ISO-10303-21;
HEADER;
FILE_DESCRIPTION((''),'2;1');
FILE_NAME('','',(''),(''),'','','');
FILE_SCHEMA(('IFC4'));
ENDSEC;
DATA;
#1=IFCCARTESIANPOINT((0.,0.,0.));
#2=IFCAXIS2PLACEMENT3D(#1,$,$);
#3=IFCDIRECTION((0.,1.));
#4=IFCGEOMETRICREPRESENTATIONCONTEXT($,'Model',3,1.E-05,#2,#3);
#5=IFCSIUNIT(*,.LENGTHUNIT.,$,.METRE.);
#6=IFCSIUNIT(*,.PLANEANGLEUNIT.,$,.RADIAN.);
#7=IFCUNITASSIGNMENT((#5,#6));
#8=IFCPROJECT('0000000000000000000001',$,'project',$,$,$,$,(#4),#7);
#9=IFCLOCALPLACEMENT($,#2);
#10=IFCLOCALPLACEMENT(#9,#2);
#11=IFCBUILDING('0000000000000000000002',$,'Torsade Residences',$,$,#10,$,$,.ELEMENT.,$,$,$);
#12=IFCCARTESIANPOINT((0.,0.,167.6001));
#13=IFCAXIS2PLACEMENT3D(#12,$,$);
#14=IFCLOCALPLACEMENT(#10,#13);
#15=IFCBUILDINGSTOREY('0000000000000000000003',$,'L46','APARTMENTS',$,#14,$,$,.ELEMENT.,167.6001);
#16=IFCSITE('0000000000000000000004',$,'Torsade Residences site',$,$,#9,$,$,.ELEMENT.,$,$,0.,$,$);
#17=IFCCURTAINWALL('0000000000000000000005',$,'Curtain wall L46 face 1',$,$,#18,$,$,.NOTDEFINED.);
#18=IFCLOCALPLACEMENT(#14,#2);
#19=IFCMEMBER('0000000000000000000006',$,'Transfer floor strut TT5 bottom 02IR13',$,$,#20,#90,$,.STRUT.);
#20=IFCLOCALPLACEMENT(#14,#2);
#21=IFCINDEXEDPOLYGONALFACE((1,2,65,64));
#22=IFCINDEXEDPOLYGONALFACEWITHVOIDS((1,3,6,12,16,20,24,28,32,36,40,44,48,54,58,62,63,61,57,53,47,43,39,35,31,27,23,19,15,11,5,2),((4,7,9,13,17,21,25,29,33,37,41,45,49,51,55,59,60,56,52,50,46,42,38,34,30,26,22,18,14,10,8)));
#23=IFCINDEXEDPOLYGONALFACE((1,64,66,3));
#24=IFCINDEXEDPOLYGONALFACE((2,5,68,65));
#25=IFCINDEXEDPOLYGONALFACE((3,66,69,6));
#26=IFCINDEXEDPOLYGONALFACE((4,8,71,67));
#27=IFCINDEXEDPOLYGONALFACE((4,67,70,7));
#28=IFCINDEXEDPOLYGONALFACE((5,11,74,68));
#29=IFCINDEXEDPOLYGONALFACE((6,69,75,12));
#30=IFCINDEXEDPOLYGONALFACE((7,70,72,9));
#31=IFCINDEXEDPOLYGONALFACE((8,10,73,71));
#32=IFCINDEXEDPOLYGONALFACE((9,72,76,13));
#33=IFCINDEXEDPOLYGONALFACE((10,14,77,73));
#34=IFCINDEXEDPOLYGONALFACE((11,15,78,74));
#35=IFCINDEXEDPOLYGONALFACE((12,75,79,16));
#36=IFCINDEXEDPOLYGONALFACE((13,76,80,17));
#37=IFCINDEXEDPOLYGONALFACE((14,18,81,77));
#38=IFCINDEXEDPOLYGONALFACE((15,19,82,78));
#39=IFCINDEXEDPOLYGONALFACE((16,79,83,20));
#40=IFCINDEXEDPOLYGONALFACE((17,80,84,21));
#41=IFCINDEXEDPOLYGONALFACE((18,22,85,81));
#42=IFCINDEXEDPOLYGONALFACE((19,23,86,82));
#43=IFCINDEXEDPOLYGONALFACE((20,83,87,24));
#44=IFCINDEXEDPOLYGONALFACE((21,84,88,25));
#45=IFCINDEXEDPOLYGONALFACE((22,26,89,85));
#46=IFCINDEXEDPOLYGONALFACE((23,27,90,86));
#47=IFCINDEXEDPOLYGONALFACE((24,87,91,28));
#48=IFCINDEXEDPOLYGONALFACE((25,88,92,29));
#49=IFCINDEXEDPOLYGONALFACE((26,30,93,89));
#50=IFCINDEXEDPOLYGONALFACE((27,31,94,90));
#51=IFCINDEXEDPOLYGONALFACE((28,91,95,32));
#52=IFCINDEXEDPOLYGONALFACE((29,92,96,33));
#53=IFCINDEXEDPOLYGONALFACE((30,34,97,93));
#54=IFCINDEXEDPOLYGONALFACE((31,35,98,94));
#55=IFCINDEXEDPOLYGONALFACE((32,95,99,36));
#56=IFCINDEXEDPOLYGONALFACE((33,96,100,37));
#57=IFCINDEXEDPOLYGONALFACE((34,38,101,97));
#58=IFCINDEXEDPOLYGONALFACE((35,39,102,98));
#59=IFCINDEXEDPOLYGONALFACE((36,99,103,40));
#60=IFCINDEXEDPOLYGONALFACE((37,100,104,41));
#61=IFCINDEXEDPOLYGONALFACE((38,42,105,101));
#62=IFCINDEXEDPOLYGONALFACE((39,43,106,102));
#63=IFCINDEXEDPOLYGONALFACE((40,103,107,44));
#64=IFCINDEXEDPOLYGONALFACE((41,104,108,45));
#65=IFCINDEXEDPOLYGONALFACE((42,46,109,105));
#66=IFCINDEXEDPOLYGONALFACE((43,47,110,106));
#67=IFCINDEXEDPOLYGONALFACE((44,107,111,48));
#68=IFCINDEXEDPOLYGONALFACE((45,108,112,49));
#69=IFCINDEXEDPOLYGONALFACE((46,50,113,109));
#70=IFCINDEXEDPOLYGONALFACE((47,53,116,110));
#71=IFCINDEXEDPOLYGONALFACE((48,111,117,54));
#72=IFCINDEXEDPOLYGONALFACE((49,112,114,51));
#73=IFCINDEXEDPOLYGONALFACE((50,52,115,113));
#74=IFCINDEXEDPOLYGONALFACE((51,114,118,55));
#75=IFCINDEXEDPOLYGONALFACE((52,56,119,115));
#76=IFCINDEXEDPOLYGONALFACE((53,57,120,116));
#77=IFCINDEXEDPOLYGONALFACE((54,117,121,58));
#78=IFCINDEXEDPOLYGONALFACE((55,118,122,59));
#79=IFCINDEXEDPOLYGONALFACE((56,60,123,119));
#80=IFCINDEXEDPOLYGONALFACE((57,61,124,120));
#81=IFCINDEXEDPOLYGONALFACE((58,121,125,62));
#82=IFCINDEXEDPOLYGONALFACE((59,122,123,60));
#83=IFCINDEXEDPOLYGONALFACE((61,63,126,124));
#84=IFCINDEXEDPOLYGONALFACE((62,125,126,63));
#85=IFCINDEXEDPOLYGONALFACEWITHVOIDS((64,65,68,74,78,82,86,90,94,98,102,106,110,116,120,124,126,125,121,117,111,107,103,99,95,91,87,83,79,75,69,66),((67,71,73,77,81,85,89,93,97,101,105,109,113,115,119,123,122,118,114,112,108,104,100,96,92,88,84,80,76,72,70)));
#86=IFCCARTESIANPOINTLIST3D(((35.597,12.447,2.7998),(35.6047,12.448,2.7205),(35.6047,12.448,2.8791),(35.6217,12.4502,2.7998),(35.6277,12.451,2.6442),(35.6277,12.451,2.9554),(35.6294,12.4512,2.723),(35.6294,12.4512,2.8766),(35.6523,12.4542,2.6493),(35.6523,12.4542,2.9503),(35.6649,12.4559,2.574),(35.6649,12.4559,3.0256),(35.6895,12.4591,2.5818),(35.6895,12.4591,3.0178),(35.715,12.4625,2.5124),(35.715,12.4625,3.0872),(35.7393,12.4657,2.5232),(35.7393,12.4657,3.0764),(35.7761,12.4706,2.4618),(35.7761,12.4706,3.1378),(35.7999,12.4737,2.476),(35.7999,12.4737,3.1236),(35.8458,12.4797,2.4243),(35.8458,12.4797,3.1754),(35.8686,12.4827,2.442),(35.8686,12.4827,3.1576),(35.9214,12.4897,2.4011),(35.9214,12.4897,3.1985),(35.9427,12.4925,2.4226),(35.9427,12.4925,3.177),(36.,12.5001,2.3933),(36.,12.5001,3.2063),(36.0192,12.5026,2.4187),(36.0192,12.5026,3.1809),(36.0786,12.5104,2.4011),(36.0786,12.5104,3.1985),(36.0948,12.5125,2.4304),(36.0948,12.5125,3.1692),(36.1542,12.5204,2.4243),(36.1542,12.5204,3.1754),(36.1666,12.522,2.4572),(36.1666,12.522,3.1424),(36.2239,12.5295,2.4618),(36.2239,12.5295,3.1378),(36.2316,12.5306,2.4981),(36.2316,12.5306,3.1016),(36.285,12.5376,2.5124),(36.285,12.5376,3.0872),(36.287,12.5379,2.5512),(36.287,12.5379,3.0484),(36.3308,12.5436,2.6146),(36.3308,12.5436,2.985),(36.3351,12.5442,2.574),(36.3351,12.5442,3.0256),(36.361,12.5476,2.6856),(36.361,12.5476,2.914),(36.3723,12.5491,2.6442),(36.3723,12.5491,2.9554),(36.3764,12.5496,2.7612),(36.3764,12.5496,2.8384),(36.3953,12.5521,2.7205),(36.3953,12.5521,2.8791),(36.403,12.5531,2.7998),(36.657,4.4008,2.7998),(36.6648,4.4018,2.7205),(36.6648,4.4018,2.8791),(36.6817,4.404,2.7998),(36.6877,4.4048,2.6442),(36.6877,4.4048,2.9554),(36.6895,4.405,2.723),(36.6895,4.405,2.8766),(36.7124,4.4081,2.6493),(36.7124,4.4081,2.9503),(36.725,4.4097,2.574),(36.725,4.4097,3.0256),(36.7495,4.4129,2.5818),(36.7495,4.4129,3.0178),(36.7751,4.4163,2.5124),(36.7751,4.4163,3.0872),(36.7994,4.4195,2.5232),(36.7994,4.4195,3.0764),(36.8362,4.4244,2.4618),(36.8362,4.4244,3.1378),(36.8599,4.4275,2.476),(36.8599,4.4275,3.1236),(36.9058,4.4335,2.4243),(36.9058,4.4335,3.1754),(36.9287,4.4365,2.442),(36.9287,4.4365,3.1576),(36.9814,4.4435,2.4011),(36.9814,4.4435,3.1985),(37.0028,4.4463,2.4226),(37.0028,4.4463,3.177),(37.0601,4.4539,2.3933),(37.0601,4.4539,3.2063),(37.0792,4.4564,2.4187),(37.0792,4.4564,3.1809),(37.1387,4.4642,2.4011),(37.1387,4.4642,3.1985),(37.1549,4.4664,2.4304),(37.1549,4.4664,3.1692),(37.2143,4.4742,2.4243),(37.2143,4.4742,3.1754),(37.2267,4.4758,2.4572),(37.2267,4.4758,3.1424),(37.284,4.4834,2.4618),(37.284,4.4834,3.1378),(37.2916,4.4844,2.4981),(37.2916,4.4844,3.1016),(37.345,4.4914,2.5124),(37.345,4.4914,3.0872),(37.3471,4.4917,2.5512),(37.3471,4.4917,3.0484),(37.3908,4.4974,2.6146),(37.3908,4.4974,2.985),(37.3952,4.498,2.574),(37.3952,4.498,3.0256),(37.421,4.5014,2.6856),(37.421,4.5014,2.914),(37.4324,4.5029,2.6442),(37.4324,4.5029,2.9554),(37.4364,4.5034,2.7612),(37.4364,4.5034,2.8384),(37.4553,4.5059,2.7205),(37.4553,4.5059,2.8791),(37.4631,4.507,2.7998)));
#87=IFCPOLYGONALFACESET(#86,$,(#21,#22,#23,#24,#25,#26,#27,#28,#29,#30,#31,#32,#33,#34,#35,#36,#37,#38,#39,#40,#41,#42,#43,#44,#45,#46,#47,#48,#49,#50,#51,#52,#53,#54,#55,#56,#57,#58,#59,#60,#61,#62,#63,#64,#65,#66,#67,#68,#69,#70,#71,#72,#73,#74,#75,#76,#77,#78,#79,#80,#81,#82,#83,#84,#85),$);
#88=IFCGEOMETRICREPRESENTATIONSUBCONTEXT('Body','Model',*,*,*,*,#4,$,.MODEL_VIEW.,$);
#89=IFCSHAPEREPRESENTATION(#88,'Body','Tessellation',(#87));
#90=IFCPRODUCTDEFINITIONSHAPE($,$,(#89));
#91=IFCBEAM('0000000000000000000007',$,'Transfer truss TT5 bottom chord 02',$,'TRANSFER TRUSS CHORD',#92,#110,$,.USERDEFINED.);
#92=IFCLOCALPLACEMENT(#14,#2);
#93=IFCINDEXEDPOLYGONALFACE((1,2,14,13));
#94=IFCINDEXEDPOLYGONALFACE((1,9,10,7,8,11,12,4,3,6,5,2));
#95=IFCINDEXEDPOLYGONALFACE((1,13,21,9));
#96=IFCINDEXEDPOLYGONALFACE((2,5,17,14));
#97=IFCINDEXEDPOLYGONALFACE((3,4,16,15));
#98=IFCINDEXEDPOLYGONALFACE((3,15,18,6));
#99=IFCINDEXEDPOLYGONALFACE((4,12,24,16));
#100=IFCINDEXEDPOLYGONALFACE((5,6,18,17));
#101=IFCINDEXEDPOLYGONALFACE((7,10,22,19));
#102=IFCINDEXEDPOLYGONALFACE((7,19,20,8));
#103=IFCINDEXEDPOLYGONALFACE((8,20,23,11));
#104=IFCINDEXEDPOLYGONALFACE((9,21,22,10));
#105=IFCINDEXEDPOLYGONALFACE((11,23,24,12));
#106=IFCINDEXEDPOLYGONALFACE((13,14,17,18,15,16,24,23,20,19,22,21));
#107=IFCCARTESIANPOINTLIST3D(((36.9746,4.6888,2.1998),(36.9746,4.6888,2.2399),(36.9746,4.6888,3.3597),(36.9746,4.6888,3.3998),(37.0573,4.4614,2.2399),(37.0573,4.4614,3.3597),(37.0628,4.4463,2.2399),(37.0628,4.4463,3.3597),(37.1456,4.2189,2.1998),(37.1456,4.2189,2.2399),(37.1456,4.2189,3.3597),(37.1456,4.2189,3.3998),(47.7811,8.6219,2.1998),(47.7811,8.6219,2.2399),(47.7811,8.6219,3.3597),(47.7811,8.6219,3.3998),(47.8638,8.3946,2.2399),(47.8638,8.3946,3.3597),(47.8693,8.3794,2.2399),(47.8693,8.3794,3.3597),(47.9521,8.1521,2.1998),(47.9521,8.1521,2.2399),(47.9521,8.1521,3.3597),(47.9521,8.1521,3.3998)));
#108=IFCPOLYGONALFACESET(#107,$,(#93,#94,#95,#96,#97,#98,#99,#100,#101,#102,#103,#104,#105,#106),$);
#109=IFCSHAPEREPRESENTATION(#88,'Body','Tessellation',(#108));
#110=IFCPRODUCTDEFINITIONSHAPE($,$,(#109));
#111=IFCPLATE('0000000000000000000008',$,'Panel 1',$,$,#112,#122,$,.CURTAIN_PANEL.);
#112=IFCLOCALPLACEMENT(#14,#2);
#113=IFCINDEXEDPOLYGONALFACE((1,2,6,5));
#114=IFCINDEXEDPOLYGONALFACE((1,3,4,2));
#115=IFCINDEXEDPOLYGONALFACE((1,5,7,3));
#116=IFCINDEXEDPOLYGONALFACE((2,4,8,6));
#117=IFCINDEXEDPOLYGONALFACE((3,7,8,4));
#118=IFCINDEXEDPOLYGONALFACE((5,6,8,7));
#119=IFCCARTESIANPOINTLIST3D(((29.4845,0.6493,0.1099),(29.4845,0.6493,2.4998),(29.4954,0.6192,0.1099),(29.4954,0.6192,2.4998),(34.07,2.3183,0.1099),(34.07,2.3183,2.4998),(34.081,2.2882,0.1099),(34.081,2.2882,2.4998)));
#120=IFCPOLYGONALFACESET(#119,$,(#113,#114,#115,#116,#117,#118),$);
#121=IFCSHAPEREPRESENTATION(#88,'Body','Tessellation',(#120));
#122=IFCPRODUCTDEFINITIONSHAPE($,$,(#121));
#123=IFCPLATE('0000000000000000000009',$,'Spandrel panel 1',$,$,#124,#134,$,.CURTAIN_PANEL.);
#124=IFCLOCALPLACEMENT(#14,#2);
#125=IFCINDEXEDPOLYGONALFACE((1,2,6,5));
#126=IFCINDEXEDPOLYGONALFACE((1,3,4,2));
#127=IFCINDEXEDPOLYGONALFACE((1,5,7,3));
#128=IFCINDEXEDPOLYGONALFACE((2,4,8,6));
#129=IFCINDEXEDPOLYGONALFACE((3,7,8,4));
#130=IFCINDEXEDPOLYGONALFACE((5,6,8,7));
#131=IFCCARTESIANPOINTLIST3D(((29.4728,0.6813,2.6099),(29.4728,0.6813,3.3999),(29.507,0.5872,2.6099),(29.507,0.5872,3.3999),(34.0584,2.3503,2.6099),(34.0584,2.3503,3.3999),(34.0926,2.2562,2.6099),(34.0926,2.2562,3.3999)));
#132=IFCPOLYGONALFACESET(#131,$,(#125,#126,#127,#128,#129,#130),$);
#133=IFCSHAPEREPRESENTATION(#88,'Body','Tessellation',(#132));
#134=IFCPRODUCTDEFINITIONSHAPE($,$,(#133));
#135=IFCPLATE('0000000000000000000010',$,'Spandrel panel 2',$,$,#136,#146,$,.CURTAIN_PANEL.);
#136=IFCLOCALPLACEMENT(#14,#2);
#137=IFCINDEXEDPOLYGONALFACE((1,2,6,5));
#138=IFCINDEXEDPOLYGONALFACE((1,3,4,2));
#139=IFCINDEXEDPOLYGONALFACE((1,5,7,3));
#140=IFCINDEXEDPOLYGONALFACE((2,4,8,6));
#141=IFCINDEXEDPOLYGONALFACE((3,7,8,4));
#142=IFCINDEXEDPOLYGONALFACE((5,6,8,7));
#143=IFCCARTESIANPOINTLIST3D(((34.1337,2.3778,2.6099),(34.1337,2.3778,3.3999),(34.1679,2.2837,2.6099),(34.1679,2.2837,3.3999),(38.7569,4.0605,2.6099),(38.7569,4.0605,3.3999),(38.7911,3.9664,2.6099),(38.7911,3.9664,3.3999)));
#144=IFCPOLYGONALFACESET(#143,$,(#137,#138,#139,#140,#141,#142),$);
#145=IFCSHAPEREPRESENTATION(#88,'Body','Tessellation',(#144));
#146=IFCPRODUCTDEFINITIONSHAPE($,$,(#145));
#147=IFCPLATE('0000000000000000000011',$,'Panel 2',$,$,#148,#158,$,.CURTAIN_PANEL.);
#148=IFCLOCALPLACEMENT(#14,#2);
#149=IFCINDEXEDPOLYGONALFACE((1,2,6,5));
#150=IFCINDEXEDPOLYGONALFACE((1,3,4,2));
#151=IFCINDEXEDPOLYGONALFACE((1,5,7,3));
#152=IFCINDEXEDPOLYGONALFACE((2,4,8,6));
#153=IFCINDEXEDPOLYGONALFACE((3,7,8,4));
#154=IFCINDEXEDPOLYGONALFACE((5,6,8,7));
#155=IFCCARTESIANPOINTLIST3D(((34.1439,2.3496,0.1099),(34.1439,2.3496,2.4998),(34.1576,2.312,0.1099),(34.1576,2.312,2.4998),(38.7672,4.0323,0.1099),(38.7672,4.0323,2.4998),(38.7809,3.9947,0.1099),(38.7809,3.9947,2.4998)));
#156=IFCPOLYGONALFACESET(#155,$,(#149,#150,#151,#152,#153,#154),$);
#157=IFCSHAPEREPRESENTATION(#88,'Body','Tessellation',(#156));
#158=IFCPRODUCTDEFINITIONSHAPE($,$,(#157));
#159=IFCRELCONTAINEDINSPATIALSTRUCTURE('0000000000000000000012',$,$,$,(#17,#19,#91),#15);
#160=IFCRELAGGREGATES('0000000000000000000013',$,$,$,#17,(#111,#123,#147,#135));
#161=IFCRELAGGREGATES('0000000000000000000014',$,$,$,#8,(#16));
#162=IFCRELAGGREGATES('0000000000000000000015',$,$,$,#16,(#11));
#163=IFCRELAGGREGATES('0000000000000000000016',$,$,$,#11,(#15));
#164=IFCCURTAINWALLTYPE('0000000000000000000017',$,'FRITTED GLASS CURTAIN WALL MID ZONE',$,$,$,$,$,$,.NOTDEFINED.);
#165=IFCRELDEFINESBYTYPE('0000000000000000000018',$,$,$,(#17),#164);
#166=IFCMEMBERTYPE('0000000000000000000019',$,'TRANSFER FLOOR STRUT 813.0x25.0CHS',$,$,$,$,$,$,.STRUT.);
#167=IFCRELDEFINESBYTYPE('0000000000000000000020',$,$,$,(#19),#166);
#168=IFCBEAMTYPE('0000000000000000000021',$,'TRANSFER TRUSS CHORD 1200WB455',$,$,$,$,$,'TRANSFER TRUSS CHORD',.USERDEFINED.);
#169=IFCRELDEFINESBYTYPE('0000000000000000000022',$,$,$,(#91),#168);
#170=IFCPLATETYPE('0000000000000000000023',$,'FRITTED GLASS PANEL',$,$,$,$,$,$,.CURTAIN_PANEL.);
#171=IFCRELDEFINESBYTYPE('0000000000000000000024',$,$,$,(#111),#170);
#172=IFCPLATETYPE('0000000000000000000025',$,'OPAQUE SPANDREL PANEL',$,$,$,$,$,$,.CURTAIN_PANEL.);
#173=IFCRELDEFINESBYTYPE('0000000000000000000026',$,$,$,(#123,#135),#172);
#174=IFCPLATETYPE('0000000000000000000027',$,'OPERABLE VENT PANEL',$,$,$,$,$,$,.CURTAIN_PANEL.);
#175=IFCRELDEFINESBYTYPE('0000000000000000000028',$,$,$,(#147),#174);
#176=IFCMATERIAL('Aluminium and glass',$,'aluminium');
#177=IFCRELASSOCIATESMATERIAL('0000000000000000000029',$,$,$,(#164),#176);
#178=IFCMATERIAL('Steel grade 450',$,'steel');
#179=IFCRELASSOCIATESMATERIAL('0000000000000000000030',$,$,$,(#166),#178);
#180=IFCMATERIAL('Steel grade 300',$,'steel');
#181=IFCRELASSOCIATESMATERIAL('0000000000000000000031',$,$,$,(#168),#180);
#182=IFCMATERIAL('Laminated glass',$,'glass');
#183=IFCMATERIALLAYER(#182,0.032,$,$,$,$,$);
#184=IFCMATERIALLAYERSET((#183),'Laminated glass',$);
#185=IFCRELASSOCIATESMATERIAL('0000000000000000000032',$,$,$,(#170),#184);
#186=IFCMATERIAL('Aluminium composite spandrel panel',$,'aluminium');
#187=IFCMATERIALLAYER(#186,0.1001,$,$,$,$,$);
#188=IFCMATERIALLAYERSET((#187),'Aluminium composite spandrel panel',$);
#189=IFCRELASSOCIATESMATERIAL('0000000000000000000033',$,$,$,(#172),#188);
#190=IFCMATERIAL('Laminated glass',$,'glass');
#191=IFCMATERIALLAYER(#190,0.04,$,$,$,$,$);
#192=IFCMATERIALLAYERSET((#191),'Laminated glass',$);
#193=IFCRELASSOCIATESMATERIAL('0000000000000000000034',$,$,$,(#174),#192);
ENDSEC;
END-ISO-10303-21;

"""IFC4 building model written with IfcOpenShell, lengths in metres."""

from ifc_helpers import new_model, si_unit, direction, frame, origin, origin_2d, place, context, subcontext, project, spatial, rectangle, hollow_circle, i_section, extrude, material, layer, layer_set, material_profile, profile_set, type_object, element, aggregate, save


model = new_model("IFC4")

# Units and contexts
model_context = context("Model", 3, precision=1e-05, world=origin(), true_north=direction((0.0, 1.0)))
body_context = subcontext(model_context, "Body", "Model", "MODEL_VIEW")
ifc_project = project(units=[si_unit("LENGTHUNIT", "METRE"), si_unit("PLANEANGLEUNIT", "RADIAN")], contexts=[model_context])

# Site, building, storey
site_placement = place(None, origin())
site = spatial("IfcSite", under=ifc_project, at=site_placement, Name="Torsade Residences site", CompositionType="ELEMENT", RefElevation=0.0)
building_placement = place(site_placement, origin())
building = spatial("IfcBuilding", under=site, at=building_placement, Name="Torsade Residences", CompositionType="ELEMENT")
storey_placement = place(building_placement, frame((0.0, 0.0, 167.6001)))
storey = spatial("IfcBuildingStorey", under=building, at=storey_placement, Name="L46", Description="APARTMENTS", CompositionType="ELEMENT", Elevation=167.6001)

# Curtain wall
ifc_material_1 = material(Name="Aluminium and glass", Category="aluminium")
curtain_wall_type = type_object("IfcCurtainWallType", Name="FRITTED GLASS CURTAIN WALL MID ZONE", PredefinedType="NOTDEFINED", material=ifc_material_1)
curtain_wall_placement = place(storey_placement, origin())
curtain_wall = element("IfcCurtainWall", 1, at=curtain_wall_placement, inside=storey, type_object=curtain_wall_type, Name="Curtain wall L46 face 1", PredefinedType="NOTDEFINED")

# Member
ifc_material_2 = material(Name="Steel grade 450", Category="steel")
ifc_material_profile_1 = material_profile(ifc_material_2, hollow_circle(Radius=0.4065, WallThickness=0.0249, at=origin_2d()), Name="813.0x25.0CHS")
ifc_profile_set_1 = profile_set([ifc_material_profile_1], Name="Steel grade 450")
member_type_1 = type_object("IfcMemberType", Name="TRANSFER FLOOR STRUT 813.0x25.0CHS", PredefinedType="STRUT", material=ifc_profile_set_1)
member_1_placement = place(storey_placement, frame((37.0601, 4.4539, 2.7998), z_axis=(-0.130619, 0.991433, 0.0), x_axis=(-0.991433, -0.130619, 0.0)))
element("IfcMember", 2, at=member_1_placement, inside=storey, type_object=member_type_1, Name="Transfer floor strut TT5 bottom 02IR13", PredefinedType="STRUT", context=body_context, shape_type="SweptSolid", body=[
    extrude(hollow_circle(Radius=0.4065, WallThickness=0.0249, at=origin_2d()), origin(), (0.0, 0.0, 1.0), 8.1157),
])

# Beam
ifc_material_3 = material(Name="Steel grade 300", Category="steel")
ifc_material_profile_2 = material_profile(ifc_material_3, i_section(OverallWidth=0.5, OverallDepth=1.2, WebThickness=0.0161, FlangeThickness=0.04, at=origin_2d()), Name="1200WB455")
ifc_profile_set_2 = profile_set([ifc_material_profile_2], Name="Steel grade 300")
beam_type_1 = type_object("IfcBeamType", Name="TRANSFER TRUSS CHORD 1200WB455", ElementType="TRANSFER TRUSS CHORD", PredefinedType="USERDEFINED", material=ifc_profile_set_2)
beam_1_placement = place(storey_placement, frame((37.0601, 4.4539, 2.7998), z_axis=(0.939695, 0.342012, 0.0), x_axis=(-0.342012, 0.939695, 0.0)))
element("IfcBeam", 3, at=beam_1_placement, inside=storey, type_object=beam_type_1, Name="Transfer truss TT5 bottom chord 02", ObjectType="TRANSFER TRUSS CHORD", PredefinedType="USERDEFINED", context=body_context, shape_type="SweptSolid", body=[
    extrude(i_section(OverallWidth=0.5, OverallDepth=1.2, WebThickness=0.0161, FlangeThickness=0.04, at=origin_2d()), origin(), (0.0, 0.0, 1.0), 11.5),
])

# Plates
ifc_material_4 = material(Name="Laminated glass", Category="glass")
ifc_layer_1 = layer(ifc_material_4, 0.032)
ifc_layer_set_1 = layer_set([ifc_layer_1], Name="Laminated glass")
plate_type_1 = type_object("IfcPlateType", Name="FRITTED GLASS PANEL", PredefinedType="CURTAIN_PANEL", material=ifc_layer_set_1)
plate_1_placement = place(storey_placement, frame((31.7827, 1.4688, 0.1099), z_axis=(0.0, 0.0, 1.0), x_axis=(0.939693, 0.34202, 0.0)))
plate_1 = element("IfcPlate", 4, at=plate_1_placement, type_object=plate_type_1, Name="Panel 1", PredefinedType="CURTAIN_PANEL", context=body_context, shape_type="SweptSolid", body=[
    extrude(rectangle(XDim=4.8799, YDim=0.032, at=origin_2d()), origin(), (0.0, 0.0, 1.0), 2.3899),
])
ifc_material_5 = material(Name="Aluminium composite spandrel panel", Category="aluminium")
ifc_layer_2 = layer(ifc_material_5, 0.1001)
ifc_layer_set_2 = layer_set([ifc_layer_2], Name="Aluminium composite spandrel panel")
plate_type_2 = type_object("IfcPlateType", Name="OPAQUE SPANDREL PANEL", PredefinedType="CURTAIN_PANEL", material=ifc_layer_set_2)
plate_2_placement = place(storey_placement, frame((31.7827, 1.4688, 2.6099), z_axis=(0.0, 0.0, 1.0), x_axis=(0.939693, 0.34202, 0.0)))
plate_2 = element("IfcPlate", 5, at=plate_2_placement, type_object=plate_type_2, Name="Spandrel panel 1", PredefinedType="CURTAIN_PANEL", context=body_context, shape_type="SweptSolid", body=[
    extrude(rectangle(XDim=4.8799, YDim=0.1001, at=origin_2d()), origin(), (0.0, 0.0, 1.0), 0.79),
])
plate_3_placement = place(storey_placement, frame((36.4624, 3.1721, 2.6099), z_axis=(0.0, 0.0, 1.0), x_axis=(0.939693, 0.34202, 0.0)))
plate_3 = element("IfcPlate", 6, at=plate_3_placement, type_object=plate_type_2, Name="Spandrel panel 2", PredefinedType="CURTAIN_PANEL", context=body_context, shape_type="SweptSolid", body=[
    extrude(rectangle(XDim=4.9199, YDim=0.1001, at=origin_2d()), origin(), (0.0, 0.0, 1.0), 0.79),
])
ifc_material_6 = material(Name="Laminated glass", Category="glass")
ifc_layer_3 = layer(ifc_material_6, 0.04)
ifc_layer_set_3 = layer_set([ifc_layer_3], Name="Laminated glass")
plate_type_3 = type_object("IfcPlateType", Name="OPERABLE VENT PANEL", PredefinedType="CURTAIN_PANEL", material=ifc_layer_set_3)
plate_4_placement = place(storey_placement, frame((36.4624, 3.1721, 0.1099), z_axis=(0.0, 0.0, 1.0), x_axis=(0.939693, 0.34202, 0.0)))
plate_4 = element("IfcPlate", 7, at=plate_4_placement, type_object=plate_type_3, Name="Panel 2", PredefinedType="CURTAIN_PANEL", context=body_context, shape_type="SweptSolid", body=[
    extrude(rectangle(XDim=4.9199, YDim=0.04, at=origin_2d()), origin(), (0.0, 0.0, 1.0), 2.3899),
])
aggregate(curtain_wall, [plate_1, plate_2, plate_4, plate_3])

save(model, "model.ifc")
